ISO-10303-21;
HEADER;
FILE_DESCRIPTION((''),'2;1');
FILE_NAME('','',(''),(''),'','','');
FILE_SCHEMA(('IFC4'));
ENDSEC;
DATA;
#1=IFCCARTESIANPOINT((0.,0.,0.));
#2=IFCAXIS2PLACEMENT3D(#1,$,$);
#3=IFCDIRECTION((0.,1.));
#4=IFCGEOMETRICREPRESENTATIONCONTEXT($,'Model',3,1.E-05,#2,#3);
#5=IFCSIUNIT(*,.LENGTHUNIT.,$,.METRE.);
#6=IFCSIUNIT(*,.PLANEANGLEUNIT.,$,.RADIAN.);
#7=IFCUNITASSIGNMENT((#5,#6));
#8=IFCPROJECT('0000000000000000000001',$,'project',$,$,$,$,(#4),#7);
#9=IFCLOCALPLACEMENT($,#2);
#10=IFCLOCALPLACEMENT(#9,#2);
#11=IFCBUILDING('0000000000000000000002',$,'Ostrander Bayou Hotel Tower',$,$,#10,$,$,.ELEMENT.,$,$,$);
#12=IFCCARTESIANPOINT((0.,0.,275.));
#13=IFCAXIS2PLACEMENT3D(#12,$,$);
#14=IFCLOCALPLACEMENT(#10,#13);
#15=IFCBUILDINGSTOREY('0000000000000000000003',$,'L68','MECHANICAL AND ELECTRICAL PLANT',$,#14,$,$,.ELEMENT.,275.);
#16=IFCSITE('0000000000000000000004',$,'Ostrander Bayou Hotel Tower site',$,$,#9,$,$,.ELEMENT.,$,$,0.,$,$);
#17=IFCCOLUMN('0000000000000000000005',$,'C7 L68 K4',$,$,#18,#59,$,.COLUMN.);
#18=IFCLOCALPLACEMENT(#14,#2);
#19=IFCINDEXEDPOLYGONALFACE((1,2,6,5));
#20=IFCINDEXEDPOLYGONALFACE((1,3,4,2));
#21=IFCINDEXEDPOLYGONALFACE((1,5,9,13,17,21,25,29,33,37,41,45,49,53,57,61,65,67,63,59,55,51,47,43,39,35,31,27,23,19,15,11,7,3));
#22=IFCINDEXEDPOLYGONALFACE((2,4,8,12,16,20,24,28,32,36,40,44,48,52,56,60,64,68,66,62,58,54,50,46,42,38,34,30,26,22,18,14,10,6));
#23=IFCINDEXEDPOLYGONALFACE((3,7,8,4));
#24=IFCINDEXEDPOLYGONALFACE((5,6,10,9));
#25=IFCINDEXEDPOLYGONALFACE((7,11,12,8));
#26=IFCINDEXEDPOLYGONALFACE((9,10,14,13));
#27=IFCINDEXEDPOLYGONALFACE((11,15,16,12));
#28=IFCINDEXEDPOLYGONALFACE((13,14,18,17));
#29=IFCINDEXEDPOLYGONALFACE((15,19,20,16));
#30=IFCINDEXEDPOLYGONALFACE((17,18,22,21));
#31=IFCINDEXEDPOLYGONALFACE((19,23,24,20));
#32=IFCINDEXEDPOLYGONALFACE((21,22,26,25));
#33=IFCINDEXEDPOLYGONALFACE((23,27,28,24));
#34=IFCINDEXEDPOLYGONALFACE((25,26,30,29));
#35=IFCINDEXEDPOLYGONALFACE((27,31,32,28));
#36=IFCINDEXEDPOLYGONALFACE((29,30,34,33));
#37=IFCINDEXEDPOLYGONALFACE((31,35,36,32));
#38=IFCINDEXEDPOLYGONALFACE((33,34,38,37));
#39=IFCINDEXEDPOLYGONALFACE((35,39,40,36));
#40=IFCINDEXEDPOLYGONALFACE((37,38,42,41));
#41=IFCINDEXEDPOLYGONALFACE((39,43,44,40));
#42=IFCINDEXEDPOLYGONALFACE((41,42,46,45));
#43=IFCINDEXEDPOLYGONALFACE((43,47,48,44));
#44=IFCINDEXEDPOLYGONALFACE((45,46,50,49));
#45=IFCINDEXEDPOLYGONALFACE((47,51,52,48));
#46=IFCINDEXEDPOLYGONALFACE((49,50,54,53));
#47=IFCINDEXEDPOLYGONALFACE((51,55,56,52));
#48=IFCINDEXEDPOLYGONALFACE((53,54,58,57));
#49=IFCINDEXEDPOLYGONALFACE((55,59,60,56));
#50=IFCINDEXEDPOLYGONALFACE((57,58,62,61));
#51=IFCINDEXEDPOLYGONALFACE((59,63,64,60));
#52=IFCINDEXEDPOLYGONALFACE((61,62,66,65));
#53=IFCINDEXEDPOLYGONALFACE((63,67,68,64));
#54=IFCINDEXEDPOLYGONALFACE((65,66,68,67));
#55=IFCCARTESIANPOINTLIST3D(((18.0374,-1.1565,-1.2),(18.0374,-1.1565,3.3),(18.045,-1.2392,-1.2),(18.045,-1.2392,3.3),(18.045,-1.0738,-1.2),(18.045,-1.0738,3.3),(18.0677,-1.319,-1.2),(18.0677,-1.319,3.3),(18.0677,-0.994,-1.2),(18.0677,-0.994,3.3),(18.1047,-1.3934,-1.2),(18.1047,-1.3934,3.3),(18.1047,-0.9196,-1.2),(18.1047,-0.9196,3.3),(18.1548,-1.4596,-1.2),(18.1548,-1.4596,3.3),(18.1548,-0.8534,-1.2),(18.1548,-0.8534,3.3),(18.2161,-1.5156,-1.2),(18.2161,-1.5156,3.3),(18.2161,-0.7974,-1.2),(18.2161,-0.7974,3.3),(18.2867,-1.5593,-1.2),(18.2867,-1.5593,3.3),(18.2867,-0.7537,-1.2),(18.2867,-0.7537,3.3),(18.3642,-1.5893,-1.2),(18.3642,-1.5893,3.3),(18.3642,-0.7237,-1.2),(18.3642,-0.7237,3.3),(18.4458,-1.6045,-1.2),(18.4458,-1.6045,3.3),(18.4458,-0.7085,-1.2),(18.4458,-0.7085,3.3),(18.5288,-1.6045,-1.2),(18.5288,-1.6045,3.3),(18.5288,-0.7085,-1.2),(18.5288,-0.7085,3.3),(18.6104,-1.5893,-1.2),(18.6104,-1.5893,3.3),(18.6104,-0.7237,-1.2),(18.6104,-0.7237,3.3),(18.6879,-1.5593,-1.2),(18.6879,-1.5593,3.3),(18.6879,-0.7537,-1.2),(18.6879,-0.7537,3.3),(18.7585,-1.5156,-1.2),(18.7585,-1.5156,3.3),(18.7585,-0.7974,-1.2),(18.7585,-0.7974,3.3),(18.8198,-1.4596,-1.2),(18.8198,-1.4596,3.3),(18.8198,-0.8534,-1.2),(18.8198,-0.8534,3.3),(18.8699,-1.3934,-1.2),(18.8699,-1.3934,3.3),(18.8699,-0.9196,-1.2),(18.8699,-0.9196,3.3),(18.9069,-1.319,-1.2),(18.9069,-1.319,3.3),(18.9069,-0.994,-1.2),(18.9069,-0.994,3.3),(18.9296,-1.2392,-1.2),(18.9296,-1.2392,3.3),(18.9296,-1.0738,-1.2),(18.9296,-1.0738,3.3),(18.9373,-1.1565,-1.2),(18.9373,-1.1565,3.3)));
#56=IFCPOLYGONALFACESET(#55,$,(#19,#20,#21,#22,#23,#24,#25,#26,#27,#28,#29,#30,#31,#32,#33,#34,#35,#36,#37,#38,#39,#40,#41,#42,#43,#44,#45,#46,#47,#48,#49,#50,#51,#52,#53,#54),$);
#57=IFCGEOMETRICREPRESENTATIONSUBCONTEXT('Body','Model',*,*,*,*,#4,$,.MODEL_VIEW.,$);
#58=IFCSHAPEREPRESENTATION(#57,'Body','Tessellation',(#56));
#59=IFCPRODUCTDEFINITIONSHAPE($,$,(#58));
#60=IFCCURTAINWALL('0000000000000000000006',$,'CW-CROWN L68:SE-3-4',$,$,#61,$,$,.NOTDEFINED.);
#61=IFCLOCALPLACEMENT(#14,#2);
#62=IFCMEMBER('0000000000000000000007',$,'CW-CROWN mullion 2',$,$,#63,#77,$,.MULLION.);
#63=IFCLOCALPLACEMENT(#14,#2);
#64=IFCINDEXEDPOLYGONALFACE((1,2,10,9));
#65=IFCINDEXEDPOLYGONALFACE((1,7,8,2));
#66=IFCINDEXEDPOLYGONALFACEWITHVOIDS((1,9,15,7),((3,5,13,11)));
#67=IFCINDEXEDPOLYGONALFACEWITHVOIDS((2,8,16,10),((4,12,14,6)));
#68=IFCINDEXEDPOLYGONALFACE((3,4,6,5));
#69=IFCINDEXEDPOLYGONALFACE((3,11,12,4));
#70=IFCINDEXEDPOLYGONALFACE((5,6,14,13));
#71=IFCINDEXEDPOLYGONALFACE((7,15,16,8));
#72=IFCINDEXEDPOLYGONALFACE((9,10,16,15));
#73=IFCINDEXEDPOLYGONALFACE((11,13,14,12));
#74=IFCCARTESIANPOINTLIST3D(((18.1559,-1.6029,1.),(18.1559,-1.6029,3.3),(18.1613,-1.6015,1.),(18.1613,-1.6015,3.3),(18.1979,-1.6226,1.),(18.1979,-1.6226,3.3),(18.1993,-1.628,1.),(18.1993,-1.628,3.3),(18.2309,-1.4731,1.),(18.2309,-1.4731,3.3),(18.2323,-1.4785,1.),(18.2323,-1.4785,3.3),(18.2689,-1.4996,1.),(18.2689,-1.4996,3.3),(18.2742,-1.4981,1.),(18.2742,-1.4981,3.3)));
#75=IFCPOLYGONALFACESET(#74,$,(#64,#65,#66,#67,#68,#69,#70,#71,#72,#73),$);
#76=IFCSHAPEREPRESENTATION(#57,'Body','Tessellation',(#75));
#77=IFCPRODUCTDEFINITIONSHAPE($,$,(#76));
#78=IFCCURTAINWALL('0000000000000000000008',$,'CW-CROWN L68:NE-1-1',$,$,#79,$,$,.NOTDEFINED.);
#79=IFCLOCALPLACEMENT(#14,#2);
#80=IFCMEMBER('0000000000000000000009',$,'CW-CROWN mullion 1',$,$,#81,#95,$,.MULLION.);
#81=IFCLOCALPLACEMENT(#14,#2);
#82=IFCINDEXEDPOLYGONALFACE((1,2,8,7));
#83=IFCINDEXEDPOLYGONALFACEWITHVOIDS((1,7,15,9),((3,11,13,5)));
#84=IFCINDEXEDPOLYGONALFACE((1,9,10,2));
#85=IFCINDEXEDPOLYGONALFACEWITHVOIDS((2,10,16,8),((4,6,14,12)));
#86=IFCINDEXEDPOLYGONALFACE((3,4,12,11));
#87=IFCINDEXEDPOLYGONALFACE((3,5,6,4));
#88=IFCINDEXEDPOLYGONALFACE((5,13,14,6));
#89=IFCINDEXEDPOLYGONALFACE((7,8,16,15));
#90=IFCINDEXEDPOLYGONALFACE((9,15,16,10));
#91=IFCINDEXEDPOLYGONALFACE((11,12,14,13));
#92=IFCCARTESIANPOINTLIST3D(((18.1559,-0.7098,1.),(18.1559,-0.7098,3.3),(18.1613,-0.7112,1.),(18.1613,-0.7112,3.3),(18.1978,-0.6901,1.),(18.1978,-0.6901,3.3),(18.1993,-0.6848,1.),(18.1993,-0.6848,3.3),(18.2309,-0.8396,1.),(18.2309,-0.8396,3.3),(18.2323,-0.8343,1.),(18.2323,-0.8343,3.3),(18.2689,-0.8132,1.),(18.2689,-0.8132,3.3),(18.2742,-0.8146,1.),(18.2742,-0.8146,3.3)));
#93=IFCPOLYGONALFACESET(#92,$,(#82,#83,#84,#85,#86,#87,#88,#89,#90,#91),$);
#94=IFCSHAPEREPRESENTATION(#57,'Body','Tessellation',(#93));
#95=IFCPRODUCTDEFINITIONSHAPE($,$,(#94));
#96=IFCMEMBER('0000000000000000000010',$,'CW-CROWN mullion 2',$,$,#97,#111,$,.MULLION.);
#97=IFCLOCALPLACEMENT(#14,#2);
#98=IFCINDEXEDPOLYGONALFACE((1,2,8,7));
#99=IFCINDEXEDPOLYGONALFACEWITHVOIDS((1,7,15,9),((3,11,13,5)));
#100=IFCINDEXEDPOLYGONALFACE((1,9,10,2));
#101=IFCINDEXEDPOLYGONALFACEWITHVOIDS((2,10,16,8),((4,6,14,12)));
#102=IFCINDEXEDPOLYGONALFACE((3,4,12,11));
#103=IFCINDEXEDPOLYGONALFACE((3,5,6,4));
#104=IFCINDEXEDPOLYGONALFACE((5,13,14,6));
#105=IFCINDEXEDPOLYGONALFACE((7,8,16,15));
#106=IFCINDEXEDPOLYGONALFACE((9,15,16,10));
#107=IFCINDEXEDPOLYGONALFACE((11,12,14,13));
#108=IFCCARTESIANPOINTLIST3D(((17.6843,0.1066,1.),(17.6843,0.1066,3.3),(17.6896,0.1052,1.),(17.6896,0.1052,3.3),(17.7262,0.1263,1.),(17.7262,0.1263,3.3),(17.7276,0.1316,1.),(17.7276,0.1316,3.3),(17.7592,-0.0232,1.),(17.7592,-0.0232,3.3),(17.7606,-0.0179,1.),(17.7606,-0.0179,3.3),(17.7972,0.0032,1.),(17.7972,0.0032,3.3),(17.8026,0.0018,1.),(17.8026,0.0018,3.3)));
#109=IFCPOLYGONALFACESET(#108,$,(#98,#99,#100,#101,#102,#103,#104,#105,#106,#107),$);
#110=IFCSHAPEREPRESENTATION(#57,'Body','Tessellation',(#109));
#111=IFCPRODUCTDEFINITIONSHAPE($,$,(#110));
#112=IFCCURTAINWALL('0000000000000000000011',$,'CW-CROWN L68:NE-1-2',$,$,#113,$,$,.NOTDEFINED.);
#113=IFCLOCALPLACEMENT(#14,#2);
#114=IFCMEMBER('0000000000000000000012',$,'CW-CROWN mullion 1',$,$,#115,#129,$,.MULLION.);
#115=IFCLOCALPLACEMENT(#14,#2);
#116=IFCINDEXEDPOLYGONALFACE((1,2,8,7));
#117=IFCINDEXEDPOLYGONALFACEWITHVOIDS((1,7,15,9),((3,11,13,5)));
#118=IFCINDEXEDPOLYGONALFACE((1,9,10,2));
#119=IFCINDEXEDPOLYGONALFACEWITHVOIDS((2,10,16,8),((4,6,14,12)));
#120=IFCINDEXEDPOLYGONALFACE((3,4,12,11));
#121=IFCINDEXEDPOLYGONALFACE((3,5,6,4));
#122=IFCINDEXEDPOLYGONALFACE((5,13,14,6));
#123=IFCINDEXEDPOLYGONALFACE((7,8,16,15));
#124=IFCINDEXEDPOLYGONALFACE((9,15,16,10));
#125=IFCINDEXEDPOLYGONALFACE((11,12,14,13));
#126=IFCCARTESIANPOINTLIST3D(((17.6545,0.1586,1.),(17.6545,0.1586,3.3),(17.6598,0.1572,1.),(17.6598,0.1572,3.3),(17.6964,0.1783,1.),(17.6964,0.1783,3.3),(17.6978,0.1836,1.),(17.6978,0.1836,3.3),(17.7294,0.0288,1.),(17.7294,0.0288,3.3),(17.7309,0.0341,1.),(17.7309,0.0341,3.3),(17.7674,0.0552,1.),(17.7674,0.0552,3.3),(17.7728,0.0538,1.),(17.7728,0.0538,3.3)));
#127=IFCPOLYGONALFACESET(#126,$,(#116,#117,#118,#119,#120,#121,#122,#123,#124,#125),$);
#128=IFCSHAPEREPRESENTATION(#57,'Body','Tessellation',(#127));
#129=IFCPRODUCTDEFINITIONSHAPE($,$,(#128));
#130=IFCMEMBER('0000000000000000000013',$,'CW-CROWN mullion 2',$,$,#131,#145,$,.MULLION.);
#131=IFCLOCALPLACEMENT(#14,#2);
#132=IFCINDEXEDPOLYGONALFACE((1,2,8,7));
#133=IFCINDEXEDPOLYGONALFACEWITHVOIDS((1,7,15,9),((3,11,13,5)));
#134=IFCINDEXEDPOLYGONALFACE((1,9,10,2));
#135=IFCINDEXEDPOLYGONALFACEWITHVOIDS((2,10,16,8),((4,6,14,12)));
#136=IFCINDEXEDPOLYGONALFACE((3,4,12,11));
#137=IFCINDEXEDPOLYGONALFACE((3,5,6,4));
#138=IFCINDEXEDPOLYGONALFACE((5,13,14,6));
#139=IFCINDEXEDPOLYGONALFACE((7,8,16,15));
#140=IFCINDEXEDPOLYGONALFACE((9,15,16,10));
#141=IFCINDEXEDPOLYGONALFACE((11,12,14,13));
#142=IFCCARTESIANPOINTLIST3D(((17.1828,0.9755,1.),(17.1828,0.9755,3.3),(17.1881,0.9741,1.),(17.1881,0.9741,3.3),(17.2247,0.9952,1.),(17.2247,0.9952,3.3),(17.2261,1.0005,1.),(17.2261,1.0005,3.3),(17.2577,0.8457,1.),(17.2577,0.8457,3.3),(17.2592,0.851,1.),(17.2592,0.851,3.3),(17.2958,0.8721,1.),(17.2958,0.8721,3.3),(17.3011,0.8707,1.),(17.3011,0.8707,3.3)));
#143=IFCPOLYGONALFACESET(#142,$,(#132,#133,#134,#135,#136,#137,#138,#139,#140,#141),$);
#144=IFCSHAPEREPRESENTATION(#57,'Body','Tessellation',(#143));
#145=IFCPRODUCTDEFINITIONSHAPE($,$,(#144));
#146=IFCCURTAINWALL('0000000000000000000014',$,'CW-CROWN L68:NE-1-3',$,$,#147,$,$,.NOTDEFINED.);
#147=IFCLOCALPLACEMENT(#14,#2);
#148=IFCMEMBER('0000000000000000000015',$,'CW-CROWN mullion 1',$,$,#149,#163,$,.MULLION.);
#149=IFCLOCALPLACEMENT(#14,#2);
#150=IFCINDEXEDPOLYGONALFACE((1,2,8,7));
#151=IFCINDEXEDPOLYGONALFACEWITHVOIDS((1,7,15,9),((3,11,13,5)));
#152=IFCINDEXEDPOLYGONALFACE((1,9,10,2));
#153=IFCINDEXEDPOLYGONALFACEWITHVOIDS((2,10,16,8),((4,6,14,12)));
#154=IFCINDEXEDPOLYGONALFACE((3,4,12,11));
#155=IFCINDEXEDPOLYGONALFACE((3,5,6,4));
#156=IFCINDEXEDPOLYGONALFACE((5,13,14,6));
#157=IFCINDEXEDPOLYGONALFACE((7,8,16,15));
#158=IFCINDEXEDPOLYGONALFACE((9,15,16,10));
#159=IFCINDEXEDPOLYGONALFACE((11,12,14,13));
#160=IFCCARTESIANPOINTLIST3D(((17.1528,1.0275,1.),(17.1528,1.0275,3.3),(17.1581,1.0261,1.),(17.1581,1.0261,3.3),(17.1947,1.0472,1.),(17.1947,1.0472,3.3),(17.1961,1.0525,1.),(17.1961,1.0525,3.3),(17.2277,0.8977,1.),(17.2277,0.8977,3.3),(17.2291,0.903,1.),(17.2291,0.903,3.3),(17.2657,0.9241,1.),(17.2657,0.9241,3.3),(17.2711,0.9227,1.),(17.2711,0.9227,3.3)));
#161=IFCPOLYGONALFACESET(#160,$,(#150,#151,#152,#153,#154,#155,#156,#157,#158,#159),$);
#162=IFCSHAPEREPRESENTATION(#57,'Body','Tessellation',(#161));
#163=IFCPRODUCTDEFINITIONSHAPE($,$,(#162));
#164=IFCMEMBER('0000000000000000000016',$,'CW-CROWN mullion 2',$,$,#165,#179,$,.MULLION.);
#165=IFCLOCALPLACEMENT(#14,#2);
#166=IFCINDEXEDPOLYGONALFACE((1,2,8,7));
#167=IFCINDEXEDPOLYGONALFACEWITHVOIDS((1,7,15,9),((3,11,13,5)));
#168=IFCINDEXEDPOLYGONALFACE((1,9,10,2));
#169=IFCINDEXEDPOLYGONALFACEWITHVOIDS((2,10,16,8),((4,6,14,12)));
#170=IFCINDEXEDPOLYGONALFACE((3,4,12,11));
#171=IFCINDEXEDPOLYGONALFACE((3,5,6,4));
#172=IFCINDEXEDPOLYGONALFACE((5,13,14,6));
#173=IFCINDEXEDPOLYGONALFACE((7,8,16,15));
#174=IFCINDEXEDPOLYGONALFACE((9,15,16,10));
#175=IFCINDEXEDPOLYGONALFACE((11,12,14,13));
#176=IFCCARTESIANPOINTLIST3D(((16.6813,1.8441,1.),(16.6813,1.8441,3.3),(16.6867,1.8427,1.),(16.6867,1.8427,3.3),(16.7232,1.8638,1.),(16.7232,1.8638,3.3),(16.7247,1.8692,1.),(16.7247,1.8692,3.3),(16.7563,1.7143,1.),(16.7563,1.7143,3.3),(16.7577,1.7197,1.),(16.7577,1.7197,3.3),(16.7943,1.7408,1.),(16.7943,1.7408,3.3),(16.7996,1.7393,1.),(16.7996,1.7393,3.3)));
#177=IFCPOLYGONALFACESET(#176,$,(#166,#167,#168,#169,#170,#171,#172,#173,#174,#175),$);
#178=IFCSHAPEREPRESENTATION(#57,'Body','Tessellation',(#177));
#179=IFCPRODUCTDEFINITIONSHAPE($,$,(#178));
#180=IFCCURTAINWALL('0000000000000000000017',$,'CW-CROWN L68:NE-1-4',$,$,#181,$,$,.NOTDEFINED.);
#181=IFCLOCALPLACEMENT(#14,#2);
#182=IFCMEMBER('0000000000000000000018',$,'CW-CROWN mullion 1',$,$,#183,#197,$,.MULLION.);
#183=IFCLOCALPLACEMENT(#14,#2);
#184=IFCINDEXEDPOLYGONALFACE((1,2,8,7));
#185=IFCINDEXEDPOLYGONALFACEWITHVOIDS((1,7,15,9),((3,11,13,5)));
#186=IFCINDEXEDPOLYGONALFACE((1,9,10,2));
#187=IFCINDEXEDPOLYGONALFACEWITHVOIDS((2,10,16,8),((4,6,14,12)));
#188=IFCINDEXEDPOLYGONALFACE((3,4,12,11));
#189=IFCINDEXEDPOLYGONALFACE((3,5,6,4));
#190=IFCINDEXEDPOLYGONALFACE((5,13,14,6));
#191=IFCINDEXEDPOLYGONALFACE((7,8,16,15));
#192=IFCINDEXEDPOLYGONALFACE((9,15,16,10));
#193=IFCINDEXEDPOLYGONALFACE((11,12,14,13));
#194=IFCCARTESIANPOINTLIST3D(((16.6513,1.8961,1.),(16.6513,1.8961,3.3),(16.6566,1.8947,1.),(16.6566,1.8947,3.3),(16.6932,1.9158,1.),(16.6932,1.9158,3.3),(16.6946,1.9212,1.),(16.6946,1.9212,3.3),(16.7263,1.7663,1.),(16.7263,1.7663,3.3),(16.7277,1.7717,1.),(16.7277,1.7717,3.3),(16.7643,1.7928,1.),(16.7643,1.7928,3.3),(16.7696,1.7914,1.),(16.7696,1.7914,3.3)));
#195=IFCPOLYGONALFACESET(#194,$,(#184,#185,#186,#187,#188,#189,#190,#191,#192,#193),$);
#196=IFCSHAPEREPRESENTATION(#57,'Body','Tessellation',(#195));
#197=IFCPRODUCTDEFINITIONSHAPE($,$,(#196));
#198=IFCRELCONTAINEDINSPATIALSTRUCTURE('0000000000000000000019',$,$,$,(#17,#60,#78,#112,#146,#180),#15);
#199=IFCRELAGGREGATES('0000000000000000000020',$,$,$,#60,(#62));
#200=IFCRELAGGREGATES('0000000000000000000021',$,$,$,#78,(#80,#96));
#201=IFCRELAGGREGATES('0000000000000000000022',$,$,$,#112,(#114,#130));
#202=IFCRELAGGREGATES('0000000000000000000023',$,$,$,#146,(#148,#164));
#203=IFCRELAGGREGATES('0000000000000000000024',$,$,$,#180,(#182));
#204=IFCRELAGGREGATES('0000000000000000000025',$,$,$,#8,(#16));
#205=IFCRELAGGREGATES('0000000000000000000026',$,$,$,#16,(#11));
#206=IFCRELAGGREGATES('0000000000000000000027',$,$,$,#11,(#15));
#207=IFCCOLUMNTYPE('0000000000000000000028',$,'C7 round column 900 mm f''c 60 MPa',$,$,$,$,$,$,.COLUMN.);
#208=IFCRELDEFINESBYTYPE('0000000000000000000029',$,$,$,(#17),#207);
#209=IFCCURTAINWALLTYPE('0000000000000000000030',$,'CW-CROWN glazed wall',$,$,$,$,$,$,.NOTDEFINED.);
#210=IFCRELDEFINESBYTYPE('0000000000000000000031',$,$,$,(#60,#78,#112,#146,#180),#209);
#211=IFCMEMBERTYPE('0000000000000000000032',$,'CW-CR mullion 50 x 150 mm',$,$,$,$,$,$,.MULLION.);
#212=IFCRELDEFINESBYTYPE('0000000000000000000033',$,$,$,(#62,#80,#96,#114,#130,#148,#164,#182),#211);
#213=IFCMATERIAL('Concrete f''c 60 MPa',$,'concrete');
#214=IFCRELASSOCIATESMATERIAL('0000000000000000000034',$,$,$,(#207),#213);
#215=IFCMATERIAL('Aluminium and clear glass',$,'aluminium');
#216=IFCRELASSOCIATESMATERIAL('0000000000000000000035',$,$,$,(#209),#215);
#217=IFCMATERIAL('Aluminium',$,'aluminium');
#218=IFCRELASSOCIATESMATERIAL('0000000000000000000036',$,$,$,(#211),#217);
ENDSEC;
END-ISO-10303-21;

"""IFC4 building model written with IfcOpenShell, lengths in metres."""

from ifc_helpers import new_model, si_unit, direction, frame, origin, origin_2d, place, context, subcontext, project, spatial, hollow_rectangle, circle, extrude, material, material_profile, profile_set, type_object, element, aggregate, save


model = new_model("IFC4")

# Units and contexts
model_context = context("Model", 3, precision=1e-05, world=origin(), true_north=direction((0.0, 1.0)))
body_context = subcontext(model_context, "Body", "Model", "MODEL_VIEW")
ifc_project = project(units=[si_unit("LENGTHUNIT", "METRE"), si_unit("PLANEANGLEUNIT", "RADIAN")], contexts=[model_context])

# Site, building, storey
site_placement = place(None, origin())
site = spatial("IfcSite", under=ifc_project, at=site_placement, Name="Ostrander Bayou Hotel Tower site", CompositionType="ELEMENT", RefElevation=0.0)
building_placement = place(site_placement, origin())
building = spatial("IfcBuilding", under=site, at=building_placement, Name="Ostrander Bayou Hotel Tower", CompositionType="ELEMENT")
storey_placement = place(building_placement, frame((0.0, 0.0, 275.0)))
storey = spatial("IfcBuildingStorey", under=building, at=storey_placement, Name="L68", Description="MECHANICAL AND ELECTRICAL PLANT", CompositionType="ELEMENT", Elevation=275.0)

# Column
ifc_material_1 = material(Name="Concrete f'c 60 MPa", Category="concrete")
ifc_material_profile_1 = material_profile(ifc_material_1, circle(Radius=0.45, at=origin_2d()))
ifc_profile_set_1 = profile_set([ifc_material_profile_1], Name="Concrete f'c 60 MPa")
column_type = type_object("IfcColumnType", Name="C7 round column 900 mm f'c 60 MPa", PredefinedType="COLUMN", material=ifc_profile_set_1)
column_placement = place(storey_placement, frame((18.4873, -1.1565, -1.2), z_axis=(0.0, 0.0, 1.0), x_axis=(1.0, 0.0, 0.0)))
element("IfcColumn", 1, at=column_placement, inside=storey, type_object=column_type, Name="C7 L68 K4", PredefinedType="COLUMN", context=body_context, shape_type="SweptSolid", body=[
    extrude(circle(Radius=0.45, at=origin_2d()), origin(), (0.0, 0.0, 1.0), 4.5),
])

# Curtain wall, member
ifc_material_2 = material(Name="Aluminium and clear glass", Category="aluminium")
curtain_wall_type = type_object("IfcCurtainWallType", Name="CW-CROWN glazed wall", PredefinedType="NOTDEFINED", material=ifc_material_2)
curtain_wall_1_placement = place(storey_placement, origin())
curtain_wall_1 = element("IfcCurtainWall", 2, at=curtain_wall_1_placement, inside=storey, type_object=curtain_wall_type, Name="CW-CROWN L68:SE-3-4", PredefinedType="NOTDEFINED")
ifc_material_3 = material(Name="Aluminium", Category="aluminium")
ifc_material_profile_2 = material_profile(ifc_material_3, hollow_rectangle(XDim=0.05, YDim=0.1499, WallThickness=0.0039, at=origin_2d()))
ifc_profile_set_2 = profile_set([ifc_material_profile_2], Name="Aluminium")
member_type_1 = type_object("IfcMemberType", Name="CW-CR mullion 50 x 150 mm", PredefinedType="MULLION", material=ifc_profile_set_2)
member_1_placement = place(storey_placement, frame((18.2151, -1.5505, 1.0), z_axis=(0.0, 0.0, 1.0), x_axis=(-0.866046, 0.499964, 0.0)))
member_1 = element("IfcMember", 3, at=member_1_placement, type_object=member_type_1, Name="CW-CROWN mullion 2", PredefinedType="MULLION", context=body_context, shape_type="SweptSolid", body=[
    extrude(hollow_rectangle(XDim=0.05, YDim=0.1499, WallThickness=0.0039, at=origin_2d()), origin(), (0.0, 0.0, 1.0), 2.3),
])
aggregate(curtain_wall_1, [member_1])

# Curtain walls, members
curtain_wall_2_placement = place(storey_placement, origin())
curtain_wall_2 = element("IfcCurtainWall", 4, at=curtain_wall_2_placement, inside=storey, type_object=curtain_wall_type, Name="CW-CROWN L68:NE-1-1", PredefinedType="NOTDEFINED")
member_2_placement = place(storey_placement, frame((18.2151, -0.7622, 1.0), z_axis=(0.0, 0.0, 1.0), x_axis=(-0.865976, -0.500085, 0.0)))
member_2 = element("IfcMember", 5, at=member_2_placement, type_object=member_type_1, Name="CW-CROWN mullion 1", PredefinedType="MULLION", context=body_context, shape_type="SweptSolid", body=[
    extrude(hollow_rectangle(XDim=0.05, YDim=0.1499, WallThickness=0.0039, at=origin_2d()), origin(), (0.0, 0.0, 1.0), 2.3),
])
member_3_placement = place(storey_placement, frame((17.7434, 0.0542, 1.0), z_axis=(0.0, 0.0, 1.0), x_axis=(-0.865976, -0.500085, 0.0)))
member_3 = element("IfcMember", 6, at=member_3_placement, type_object=member_type_1, Name="CW-CROWN mullion 2", PredefinedType="MULLION", context=body_context, shape_type="SweptSolid", body=[
    extrude(hollow_rectangle(XDim=0.05, YDim=0.1499, WallThickness=0.0039, at=origin_2d()), origin(), (0.0, 0.0, 1.0), 2.3),
])
curtain_wall_3_placement = place(storey_placement, origin())
curtain_wall_3 = element("IfcCurtainWall", 7, at=curtain_wall_3_placement, inside=storey, type_object=curtain_wall_type, Name="CW-CROWN L68:NE-1-2", PredefinedType="NOTDEFINED")
member_4_placement = place(storey_placement, frame((17.7136, 0.1062, 1.0), z_axis=(0.0, 0.0, 1.0), x_axis=(-0.866044, -0.499967, 0.0)))
member_4 = element("IfcMember", 8, at=member_4_placement, type_object=member_type_1, Name="CW-CROWN mullion 1", PredefinedType="MULLION", context=body_context, shape_type="SweptSolid", body=[
    extrude(hollow_rectangle(XDim=0.05, YDim=0.1499, WallThickness=0.0039, at=origin_2d()), origin(), (0.0, 0.0, 1.0), 2.3),
])
member_5_placement = place(storey_placement, frame((17.2419, 0.9231, 1.0), z_axis=(0.0, 0.0, 1.0), x_axis=(-0.866044, -0.499967, 0.0)))
member_5 = element("IfcMember", 9, at=member_5_placement, type_object=member_type_1, Name="CW-CROWN mullion 2", PredefinedType="MULLION", context=body_context, shape_type="SweptSolid", body=[
    extrude(hollow_rectangle(XDim=0.05, YDim=0.1499, WallThickness=0.0039, at=origin_2d()), origin(), (0.0, 0.0, 1.0), 2.3),
])
curtain_wall_4_placement = place(storey_placement, origin())
curtain_wall_4 = element("IfcCurtainWall", 10, at=curtain_wall_4_placement, inside=storey, type_object=curtain_wall_type, Name="CW-CROWN L68:NE-1-3", PredefinedType="NOTDEFINED")
member_6_placement = place(storey_placement, frame((17.2119, 0.9751, 1.0), z_axis=(0.0, 0.0, 1.0), x_axis=(-0.866044, -0.499967, 0.0)))
member_6 = element("IfcMember", 11, at=member_6_placement, type_object=member_type_1, Name="CW-CROWN mullion 1", PredefinedType="MULLION", context=body_context, shape_type="SweptSolid", body=[
    extrude(hollow_rectangle(XDim=0.05, YDim=0.1499, WallThickness=0.0039, at=origin_2d()), origin(), (0.0, 0.0, 1.0), 2.3),
])
member_7_placement = place(storey_placement, frame((16.7405, 1.7917, 1.0), z_axis=(0.0, 0.0, 1.0), x_axis=(-0.866044, -0.499967, 0.0)))
member_7 = element("IfcMember", 12, at=member_7_placement, type_object=member_type_1, Name="CW-CROWN mullion 2", PredefinedType="MULLION", context=body_context, shape_type="SweptSolid", body=[
    extrude(hollow_rectangle(XDim=0.05, YDim=0.1499, WallThickness=0.0039, at=origin_2d()), origin(), (0.0, 0.0, 1.0), 2.3),
])
curtain_wall_5_placement = place(storey_placement, origin())
curtain_wall_5 = element("IfcCurtainWall", 13, at=curtain_wall_5_placement, inside=storey, type_object=curtain_wall_type, Name="CW-CROWN L68:NE-1-4", PredefinedType="NOTDEFINED")
member_8_placement = place(storey_placement, frame((16.7104, 1.8438, 1.0), z_axis=(0.0, 0.0, 1.0), x_axis=(-0.86602, -0.50001, 0.0)))
member_8 = element("IfcMember", 14, at=member_8_placement, type_object=member_type_1, Name="CW-CROWN mullion 1", PredefinedType="MULLION", context=body_context, shape_type="SweptSolid", body=[
    extrude(hollow_rectangle(XDim=0.05, YDim=0.1499, WallThickness=0.0039, at=origin_2d()), origin(), (0.0, 0.0, 1.0), 2.3),
])

aggregate(curtain_wall_2, [member_2, member_3])
aggregate(curtain_wall_3, [member_4, member_5])
aggregate(curtain_wall_4, [member_6, member_7])
aggregate(curtain_wall_5, [member_8])

save(model, "model.ifc")
